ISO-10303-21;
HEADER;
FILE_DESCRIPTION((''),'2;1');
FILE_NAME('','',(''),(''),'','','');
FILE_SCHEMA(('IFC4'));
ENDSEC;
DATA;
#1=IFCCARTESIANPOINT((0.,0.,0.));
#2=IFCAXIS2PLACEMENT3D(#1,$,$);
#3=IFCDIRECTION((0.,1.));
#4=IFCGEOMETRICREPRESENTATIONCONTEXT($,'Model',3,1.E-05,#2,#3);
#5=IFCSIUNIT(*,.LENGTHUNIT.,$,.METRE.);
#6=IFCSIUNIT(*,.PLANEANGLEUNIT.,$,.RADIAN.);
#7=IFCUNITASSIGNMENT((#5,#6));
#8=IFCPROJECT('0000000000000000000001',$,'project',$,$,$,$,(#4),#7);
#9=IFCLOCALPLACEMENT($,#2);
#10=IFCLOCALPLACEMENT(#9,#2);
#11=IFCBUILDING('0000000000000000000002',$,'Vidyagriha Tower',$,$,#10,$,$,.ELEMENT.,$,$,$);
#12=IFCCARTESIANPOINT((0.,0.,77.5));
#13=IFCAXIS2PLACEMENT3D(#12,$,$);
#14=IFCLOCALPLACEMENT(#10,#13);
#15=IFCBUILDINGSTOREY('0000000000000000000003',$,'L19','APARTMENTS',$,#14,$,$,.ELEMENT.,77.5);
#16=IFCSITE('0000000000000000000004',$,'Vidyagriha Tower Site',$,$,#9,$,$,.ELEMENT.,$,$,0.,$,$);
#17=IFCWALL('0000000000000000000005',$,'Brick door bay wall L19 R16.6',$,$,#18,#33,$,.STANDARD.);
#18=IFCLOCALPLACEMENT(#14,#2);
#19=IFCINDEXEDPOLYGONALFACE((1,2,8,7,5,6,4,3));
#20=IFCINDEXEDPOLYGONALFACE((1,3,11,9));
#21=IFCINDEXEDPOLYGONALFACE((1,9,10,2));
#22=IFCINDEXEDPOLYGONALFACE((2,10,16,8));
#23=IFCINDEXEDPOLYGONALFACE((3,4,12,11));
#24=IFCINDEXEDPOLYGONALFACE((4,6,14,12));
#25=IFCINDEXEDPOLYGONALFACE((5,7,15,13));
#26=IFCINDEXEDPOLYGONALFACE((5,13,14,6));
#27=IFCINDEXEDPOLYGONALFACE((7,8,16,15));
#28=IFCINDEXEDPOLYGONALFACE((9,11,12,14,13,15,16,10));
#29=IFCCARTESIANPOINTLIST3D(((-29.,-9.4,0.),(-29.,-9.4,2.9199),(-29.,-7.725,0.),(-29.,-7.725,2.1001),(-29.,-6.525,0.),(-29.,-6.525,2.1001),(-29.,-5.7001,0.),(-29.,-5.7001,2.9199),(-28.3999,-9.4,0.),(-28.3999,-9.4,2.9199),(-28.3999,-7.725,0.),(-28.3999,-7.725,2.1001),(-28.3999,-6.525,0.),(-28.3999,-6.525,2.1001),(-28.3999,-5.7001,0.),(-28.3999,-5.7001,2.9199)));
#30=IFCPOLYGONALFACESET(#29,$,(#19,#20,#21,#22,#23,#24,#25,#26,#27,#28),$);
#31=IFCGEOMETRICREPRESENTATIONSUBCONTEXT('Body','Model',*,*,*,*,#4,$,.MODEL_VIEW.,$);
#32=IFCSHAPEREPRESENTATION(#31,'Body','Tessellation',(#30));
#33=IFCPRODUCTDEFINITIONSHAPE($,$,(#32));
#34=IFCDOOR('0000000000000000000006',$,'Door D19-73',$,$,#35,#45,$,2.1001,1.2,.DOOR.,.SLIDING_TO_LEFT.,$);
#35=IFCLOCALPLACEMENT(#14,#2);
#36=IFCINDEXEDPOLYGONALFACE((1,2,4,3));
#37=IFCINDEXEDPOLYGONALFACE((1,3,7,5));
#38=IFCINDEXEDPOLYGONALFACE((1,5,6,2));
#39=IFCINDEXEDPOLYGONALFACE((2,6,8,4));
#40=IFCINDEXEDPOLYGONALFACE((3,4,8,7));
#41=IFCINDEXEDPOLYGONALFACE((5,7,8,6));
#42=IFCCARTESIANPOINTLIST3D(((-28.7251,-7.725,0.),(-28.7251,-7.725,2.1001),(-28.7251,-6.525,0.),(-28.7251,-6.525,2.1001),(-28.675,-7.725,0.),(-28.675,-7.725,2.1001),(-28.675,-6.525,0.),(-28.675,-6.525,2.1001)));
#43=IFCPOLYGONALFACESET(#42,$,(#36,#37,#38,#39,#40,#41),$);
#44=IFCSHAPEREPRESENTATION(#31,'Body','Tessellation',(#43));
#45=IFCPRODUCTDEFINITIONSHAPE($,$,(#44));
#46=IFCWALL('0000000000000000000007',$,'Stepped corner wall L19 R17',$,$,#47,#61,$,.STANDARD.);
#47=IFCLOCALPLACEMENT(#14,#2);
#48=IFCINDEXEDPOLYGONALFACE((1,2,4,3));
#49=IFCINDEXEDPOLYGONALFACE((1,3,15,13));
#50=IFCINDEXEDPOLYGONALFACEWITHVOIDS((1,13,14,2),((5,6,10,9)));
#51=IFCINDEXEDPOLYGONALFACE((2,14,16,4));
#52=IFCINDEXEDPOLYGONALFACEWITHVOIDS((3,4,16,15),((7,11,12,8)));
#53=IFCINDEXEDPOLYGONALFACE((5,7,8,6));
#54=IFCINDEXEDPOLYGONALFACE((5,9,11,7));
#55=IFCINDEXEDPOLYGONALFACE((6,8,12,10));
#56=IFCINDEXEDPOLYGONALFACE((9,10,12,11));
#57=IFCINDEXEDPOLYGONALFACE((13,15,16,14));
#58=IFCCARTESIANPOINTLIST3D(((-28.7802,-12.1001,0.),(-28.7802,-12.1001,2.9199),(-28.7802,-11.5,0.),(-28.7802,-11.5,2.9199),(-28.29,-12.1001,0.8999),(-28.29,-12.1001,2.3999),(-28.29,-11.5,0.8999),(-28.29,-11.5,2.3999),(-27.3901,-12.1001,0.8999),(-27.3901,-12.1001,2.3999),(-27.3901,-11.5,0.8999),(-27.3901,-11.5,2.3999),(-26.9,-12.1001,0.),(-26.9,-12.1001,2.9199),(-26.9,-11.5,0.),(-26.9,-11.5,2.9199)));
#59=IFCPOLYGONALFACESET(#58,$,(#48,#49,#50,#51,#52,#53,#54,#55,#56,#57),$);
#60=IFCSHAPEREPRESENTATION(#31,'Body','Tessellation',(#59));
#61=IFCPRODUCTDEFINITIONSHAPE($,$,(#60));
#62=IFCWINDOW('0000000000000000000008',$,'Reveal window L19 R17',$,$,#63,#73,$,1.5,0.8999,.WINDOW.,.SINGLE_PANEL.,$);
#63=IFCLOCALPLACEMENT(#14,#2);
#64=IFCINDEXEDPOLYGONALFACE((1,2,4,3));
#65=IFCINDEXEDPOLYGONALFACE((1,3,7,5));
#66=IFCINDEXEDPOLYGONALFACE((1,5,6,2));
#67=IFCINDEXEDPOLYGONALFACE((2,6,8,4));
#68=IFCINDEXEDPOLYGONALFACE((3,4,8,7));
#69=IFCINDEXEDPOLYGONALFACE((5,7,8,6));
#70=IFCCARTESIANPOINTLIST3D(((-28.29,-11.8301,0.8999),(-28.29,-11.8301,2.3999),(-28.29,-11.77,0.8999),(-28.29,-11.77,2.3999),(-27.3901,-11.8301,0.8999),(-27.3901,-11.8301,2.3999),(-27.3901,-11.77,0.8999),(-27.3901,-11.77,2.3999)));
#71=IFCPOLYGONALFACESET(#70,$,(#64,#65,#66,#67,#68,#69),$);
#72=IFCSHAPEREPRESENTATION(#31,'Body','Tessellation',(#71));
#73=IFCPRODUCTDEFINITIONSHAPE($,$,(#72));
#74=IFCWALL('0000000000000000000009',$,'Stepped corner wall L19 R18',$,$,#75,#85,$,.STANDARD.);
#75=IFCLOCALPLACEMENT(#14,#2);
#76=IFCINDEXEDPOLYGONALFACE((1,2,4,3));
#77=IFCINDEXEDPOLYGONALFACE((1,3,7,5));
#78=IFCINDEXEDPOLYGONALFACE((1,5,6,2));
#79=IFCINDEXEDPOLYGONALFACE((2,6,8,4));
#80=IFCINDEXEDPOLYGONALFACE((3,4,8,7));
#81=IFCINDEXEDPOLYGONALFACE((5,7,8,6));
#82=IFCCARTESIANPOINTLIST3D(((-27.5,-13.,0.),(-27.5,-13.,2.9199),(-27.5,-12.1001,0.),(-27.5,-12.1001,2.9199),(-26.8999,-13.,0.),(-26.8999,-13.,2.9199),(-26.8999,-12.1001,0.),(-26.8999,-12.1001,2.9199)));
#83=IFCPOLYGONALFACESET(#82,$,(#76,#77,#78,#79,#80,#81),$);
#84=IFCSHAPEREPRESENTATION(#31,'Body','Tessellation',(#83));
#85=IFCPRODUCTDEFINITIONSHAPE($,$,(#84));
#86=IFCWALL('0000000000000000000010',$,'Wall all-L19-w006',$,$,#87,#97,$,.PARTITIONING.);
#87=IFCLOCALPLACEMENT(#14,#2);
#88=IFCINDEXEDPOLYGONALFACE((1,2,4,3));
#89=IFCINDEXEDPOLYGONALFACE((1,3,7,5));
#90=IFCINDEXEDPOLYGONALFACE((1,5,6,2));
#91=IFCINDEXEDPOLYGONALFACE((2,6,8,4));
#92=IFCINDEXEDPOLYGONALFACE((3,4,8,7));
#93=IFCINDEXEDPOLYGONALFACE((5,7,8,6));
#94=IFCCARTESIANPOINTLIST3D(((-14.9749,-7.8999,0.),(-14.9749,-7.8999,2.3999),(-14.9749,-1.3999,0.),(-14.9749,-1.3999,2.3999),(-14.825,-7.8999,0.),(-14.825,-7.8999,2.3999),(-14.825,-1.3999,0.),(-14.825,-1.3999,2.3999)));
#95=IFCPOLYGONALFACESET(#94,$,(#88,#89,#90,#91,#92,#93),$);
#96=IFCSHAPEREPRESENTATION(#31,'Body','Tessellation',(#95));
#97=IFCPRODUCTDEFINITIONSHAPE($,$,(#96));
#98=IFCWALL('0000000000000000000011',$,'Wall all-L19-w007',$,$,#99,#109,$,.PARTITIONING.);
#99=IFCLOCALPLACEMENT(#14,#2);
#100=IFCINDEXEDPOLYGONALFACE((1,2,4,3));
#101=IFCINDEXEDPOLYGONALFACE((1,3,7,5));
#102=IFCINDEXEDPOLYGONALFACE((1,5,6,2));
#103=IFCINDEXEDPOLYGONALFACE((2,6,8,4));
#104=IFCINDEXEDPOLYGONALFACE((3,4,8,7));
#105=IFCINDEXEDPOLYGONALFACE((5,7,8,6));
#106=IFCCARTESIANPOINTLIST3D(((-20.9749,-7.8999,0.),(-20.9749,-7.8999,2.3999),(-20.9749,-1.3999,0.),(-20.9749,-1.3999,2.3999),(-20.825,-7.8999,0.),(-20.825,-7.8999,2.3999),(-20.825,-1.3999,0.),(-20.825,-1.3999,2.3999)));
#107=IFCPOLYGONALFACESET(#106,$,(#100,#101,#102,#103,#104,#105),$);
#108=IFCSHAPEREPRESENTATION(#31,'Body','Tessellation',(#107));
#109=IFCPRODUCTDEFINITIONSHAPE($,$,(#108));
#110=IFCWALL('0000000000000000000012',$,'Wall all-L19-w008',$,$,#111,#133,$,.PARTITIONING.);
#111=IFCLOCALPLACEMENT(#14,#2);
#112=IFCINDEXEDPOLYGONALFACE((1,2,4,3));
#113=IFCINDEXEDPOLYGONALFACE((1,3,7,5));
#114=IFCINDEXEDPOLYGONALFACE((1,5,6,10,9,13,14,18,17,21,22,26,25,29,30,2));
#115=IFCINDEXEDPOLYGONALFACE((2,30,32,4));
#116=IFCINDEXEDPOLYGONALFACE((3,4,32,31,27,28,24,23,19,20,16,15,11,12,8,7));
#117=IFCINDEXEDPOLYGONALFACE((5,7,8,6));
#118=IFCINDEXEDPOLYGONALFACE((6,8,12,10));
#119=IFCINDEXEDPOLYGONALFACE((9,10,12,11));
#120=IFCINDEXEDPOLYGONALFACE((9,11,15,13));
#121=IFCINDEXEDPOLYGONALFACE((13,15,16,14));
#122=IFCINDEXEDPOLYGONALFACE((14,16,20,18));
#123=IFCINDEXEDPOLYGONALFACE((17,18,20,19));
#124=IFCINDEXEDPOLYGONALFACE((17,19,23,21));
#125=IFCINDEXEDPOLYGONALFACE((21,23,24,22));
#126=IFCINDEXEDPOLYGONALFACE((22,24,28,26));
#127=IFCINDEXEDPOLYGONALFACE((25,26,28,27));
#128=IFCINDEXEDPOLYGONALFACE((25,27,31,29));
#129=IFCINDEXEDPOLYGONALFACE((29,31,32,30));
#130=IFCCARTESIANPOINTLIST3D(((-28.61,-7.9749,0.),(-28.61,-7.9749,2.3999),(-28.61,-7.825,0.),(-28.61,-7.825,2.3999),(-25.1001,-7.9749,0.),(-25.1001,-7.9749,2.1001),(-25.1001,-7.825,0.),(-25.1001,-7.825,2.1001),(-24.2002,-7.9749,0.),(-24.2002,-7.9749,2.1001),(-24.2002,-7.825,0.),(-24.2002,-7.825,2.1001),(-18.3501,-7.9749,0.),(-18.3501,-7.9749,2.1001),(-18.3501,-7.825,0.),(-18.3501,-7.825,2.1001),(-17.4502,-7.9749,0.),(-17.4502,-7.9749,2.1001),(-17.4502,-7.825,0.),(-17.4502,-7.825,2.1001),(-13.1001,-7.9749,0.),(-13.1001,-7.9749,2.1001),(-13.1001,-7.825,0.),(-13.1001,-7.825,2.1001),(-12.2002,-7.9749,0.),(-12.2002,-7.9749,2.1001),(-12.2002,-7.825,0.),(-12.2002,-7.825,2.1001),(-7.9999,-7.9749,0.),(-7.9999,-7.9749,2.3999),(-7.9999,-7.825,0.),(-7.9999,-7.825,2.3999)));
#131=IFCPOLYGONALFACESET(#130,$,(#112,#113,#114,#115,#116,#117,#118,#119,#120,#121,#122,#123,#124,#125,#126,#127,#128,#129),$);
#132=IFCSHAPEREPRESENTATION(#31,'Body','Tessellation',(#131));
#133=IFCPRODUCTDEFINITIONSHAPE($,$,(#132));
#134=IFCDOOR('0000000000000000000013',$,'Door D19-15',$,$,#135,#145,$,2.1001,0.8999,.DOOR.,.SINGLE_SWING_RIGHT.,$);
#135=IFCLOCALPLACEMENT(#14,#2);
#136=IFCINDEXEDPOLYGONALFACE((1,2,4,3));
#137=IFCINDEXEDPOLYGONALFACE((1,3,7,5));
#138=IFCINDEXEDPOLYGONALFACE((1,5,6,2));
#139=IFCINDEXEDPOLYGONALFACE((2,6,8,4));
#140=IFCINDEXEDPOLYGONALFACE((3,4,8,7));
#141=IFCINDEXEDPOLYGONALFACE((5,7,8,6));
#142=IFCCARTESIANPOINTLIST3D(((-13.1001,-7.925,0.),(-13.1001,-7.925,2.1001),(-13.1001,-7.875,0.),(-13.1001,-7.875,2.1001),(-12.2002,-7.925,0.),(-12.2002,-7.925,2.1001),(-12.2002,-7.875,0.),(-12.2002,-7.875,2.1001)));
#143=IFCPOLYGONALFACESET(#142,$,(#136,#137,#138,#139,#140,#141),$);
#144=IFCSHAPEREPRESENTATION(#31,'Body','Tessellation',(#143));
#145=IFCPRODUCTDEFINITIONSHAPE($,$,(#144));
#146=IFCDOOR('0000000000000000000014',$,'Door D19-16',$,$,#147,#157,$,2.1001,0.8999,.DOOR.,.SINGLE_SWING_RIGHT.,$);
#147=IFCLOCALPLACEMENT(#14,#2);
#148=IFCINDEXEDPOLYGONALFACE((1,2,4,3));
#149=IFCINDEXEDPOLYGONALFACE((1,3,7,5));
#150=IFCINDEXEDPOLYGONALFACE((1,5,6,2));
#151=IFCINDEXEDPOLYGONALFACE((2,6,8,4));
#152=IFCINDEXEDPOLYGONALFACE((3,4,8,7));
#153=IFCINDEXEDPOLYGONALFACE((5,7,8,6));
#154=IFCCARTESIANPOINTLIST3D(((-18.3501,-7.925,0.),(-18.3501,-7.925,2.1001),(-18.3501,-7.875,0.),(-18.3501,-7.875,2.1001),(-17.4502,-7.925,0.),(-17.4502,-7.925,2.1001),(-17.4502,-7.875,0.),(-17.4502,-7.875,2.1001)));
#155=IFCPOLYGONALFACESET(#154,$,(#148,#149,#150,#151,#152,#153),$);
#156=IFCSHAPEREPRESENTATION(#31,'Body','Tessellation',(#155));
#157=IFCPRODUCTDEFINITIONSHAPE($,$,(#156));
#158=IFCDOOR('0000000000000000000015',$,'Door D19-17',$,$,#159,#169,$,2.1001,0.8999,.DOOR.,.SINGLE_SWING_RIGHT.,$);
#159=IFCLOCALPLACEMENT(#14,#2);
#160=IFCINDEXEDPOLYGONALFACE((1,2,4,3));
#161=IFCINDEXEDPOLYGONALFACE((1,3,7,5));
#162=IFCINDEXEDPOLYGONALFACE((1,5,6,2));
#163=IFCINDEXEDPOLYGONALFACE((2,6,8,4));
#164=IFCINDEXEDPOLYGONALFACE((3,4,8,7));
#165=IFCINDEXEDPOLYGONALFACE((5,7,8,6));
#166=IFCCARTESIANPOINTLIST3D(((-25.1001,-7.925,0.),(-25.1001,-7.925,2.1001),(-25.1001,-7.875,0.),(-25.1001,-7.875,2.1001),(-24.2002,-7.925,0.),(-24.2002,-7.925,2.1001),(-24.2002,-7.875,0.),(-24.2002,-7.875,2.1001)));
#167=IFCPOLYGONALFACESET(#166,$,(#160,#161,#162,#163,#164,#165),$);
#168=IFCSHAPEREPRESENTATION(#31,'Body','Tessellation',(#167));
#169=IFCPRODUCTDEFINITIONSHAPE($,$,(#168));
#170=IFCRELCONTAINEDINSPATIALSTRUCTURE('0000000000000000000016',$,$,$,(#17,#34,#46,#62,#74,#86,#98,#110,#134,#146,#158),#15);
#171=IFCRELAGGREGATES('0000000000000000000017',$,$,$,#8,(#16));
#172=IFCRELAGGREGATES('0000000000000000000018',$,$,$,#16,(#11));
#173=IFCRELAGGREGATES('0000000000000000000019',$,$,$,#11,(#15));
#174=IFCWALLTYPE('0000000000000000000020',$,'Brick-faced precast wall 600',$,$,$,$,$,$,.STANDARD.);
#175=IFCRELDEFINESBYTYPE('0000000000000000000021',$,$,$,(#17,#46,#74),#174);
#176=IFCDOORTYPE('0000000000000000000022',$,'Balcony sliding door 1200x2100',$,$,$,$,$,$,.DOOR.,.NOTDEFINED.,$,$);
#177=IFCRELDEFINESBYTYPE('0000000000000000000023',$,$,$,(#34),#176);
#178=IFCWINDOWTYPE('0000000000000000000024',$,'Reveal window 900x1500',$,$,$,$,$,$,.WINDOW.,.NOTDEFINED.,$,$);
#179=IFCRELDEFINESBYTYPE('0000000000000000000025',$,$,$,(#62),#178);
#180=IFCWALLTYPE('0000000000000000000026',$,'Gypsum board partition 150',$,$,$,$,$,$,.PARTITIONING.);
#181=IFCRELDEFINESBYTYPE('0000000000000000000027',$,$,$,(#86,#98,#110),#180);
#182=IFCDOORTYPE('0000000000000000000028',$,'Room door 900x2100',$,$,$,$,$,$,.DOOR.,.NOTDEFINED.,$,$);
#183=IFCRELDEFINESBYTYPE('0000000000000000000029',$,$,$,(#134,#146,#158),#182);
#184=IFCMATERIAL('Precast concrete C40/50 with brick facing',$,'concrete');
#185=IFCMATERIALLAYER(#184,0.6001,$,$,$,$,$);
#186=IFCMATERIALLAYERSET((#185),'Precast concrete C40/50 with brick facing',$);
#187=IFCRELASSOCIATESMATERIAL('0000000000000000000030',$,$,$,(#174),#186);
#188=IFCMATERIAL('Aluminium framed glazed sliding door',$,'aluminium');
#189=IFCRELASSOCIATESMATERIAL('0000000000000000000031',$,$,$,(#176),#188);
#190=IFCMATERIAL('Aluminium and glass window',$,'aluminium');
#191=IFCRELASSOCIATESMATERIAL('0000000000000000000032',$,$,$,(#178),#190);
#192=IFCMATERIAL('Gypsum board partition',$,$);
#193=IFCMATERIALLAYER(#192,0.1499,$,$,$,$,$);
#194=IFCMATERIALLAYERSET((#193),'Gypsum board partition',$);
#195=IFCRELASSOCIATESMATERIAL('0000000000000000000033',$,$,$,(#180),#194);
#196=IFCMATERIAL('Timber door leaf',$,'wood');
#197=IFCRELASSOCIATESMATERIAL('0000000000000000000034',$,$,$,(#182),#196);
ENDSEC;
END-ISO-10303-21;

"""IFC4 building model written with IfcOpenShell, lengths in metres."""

from ifc_helpers import new_model, si_unit, direction, frame, frame_2d, origin, place, context, subcontext, project, spatial, rectangle, extrude, material, layer, layer_set, type_object, element, fill, save


model = new_model("IFC4")

# Units and contexts
model_context = context("Model", 3, precision=1e-05, world=origin(), true_north=direction((0.0, 1.0)))
body_context = subcontext(model_context, "Body", "Model", "MODEL_VIEW")
ifc_project = project(units=[si_unit("LENGTHUNIT", "METRE"), si_unit("PLANEANGLEUNIT", "RADIAN")], contexts=[model_context])

# Site, building, storey
site_placement = place(None, origin())
site = spatial("IfcSite", under=ifc_project, at=site_placement, Name="Vidyagriha Tower Site", CompositionType="ELEMENT", RefElevation=0.0)
building_placement = place(site_placement, origin())
building = spatial("IfcBuilding", under=site, at=building_placement, Name="Vidyagriha Tower", CompositionType="ELEMENT")
storey_placement = place(building_placement, frame((0.0, 0.0, 77.5)))
storey = spatial("IfcBuildingStorey", under=building, at=storey_placement, Name="L19", Description="APARTMENTS", CompositionType="ELEMENT", Elevation=77.5)

# Wall, opening, door
ifc_material_1 = material(Name="Precast concrete C40/50 with brick facing", Category="concrete")
ifc_layer_1 = layer(ifc_material_1, 0.6001)
ifc_layer_set_1 = layer_set([ifc_layer_1], Name="Precast concrete C40/50 with brick facing")
wall_type_1 = type_object("IfcWallType", Name="Brick-faced precast wall 600", PredefinedType="STANDARD", material=ifc_layer_set_1)
wall_1_placement = place(storey_placement, frame((-28.7, -5.7, 0.0), z_axis=(0.0, 0.0, 1.0), x_axis=(0.0, -1.0, 0.0)))
wall_1 = element("IfcWall", 1, at=wall_1_placement, inside=storey, type_object=wall_type_1, Name="Brick door bay wall L19 R16.6", PredefinedType="STANDARD", context=body_context, shape_type="SweptSolid", body=[
    extrude(rectangle(XDim=3.7, YDim=0.6001, at=frame_2d((1.8501, 0.0))), origin(), (0.0, 0.0, 1.0), 2.9199),
])
opening_1_placement = place(wall_1_placement, frame((0.825, 0.0, 0.0)))
opening_1 = element("IfcOpeningElement", 2, at=opening_1_placement, cuts=wall_1, PredefinedType="OPENING", context=body_context, shape_type="SweptSolid", body=[
    extrude(rectangle(XDim=1.2, YDim=2.1001, at=frame_2d((0.6001, 1.05))), frame((0.0, 0.3101, 0.0), z_axis=(0.0, -1.0, 0.0), x_axis=(1.0, 0.0, 0.0)), (0.0, 0.0, 1.0), 0.6201),
])
ifc_material_2 = material(Name="Aluminium framed glazed sliding door", Category="aluminium")
door_type_1 = type_object("IfcDoorType", Name="Balcony sliding door 1200x2100", OperationType="NOTDEFINED", PredefinedType="DOOR", material=ifc_material_2)
door_1_placement = place(opening_1_placement, origin())
door_1 = element("IfcDoor", 3, at=door_1_placement, inside=storey, type_object=door_type_1, Name="Door D19-73", OperationType="SLIDING_TO_LEFT", OverallHeight=2.1001, OverallWidth=1.2, PredefinedType="DOOR", context=body_context, shape_type="SweptSolid", body=[
    extrude(rectangle(XDim=1.2, YDim=2.1001, at=frame_2d((0.6001, 1.05))), frame((0.0, 0.0249, 0.0), z_axis=(0.0, -1.0, 0.0), x_axis=(1.0, 0.0, 0.0)), (0.0, 0.0, 1.0), 0.05),
])
fill(opening_1, door_1)

# Wall, opening, window
wall_2_placement = place(storey_placement, frame((-28.78, -11.8, 0.0)))
wall_2 = element("IfcWall", 4, at=wall_2_placement, inside=storey, type_object=wall_type_1, Name="Stepped corner wall L19 R17", PredefinedType="STANDARD", context=body_context, shape_type="SweptSolid", body=[
    extrude(rectangle(XDim=1.8801, YDim=0.6001, at=frame_2d((0.9399, 0.0))), origin(), (0.0, 0.0, 1.0), 2.9199),
])
opening_2_placement = place(wall_2_placement, frame((0.49, 0.0, 0.8999)))
opening_2 = element("IfcOpeningElement", 5, at=opening_2_placement, cuts=wall_2, PredefinedType="OPENING", context=body_context, shape_type="SweptSolid", body=[
    extrude(rectangle(XDim=0.8999, YDim=1.5, at=frame_2d((0.45, 0.75))), frame((0.0, 0.3101, 0.0), z_axis=(0.0, -1.0, 0.0), x_axis=(1.0, 0.0, 0.0)), (0.0, 0.0, 1.0), 0.6201),
])
ifc_material_3 = material(Name="Aluminium and glass window", Category="aluminium")
window_type = type_object("IfcWindowType", Name="Reveal window 900x1500", PartitioningType="NOTDEFINED", PredefinedType="WINDOW", material=ifc_material_3)
window_placement = place(opening_2_placement, origin())
window = element("IfcWindow", 6, at=window_placement, inside=storey, type_object=window_type, Name="Reveal window L19 R17", OverallHeight=1.5, OverallWidth=0.8999, PartitioningType="SINGLE_PANEL", PredefinedType="WINDOW", context=body_context, shape_type="SweptSolid", body=[
    extrude(rectangle(XDim=0.8999, YDim=1.5, at=frame_2d((0.45, 0.75))), frame((0.0, 0.03, 0.0), z_axis=(0.0, -1.0, 0.0), x_axis=(1.0, 0.0, 0.0)), (0.0, 0.0, 1.0), 0.0601),
])
fill(opening_2, window)

# Walls
wall_3_placement = place(storey_placement, frame((-27.2, -12.1001, 0.0), z_axis=(0.0, 0.0, 1.0), x_axis=(0.0, -1.0, 0.0)))
element("IfcWall", 7, at=wall_3_placement, inside=storey, type_object=wall_type_1, Name="Stepped corner wall L19 R18", PredefinedType="STANDARD", context=body_context, shape_type="SweptSolid", body=[
    extrude(rectangle(XDim=0.8999, YDim=0.6001, at=frame_2d((0.45, 0.0))), origin(), (0.0, 0.0, 1.0), 2.9199),
])
ifc_material_4 = material(Name="Gypsum board partition")
ifc_layer_2 = layer(ifc_material_4, 0.1499)
ifc_layer_set_2 = layer_set([ifc_layer_2], Name="Gypsum board partition")
wall_type_2 = type_object("IfcWallType", Name="Gypsum board partition 150", PredefinedType="PARTITIONING", material=ifc_layer_set_2)
for number, where, z_axis, x_axis, name in (
    (8, (-14.8999, -7.8999, 0.0), (0.0, 0.0, 1.0), (0.0, 1.0, 0.0), "Wall all-L19-w006"),
    (9, (-20.8999, -7.8999, 0.0), (0.0, 0.0, 1.0), (0.0, 1.0, 0.0), "Wall all-L19-w007"),
):
    element("IfcWall", number, at=place(storey_placement, frame(where, z_axis=z_axis, x_axis=x_axis)), inside=storey, type_object=wall_type_2, Name=name, PredefinedType="PARTITIONING", context=body_context, shape_type="SweptSolid", body=[
        extrude(rectangle(XDim=6.5, YDim=0.1499, at=frame_2d((3.25, 0.0))), origin(), (0.0, 0.0, 1.0), 2.3999),
    ])

# Wall, openings, doors
wall_4_placement = place(storey_placement, frame((-28.6101, -7.8999, 0.0)))
wall_4 = element("IfcWall", 10, at=wall_4_placement, inside=storey, type_object=wall_type_2, Name="Wall all-L19-w008", PredefinedType="PARTITIONING", context=body_context, shape_type="SweptSolid", body=[
    extrude(rectangle(XDim=20.6101, YDim=0.1499, at=frame_2d((10.3052, 0.0))), origin(), (0.0, 0.0, 1.0), 2.3999),
])
opening_3_placement = place(wall_4_placement, frame((15.51, 0.0, 0.0)))
opening_3 = element("IfcOpeningElement", 11, at=opening_3_placement, cuts=wall_4, PredefinedType="OPENING", context=body_context, shape_type="SweptSolid", body=[
    extrude(rectangle(XDim=0.8999, YDim=2.1001, at=frame_2d((0.45, 1.05))), frame((0.0, 0.085, 0.0), z_axis=(0.0, -1.0, 0.0), x_axis=(1.0, 0.0, 0.0)), (0.0, 0.0, 1.0), 0.1699),
])
opening_4_placement = place(wall_4_placement, frame((10.26, 0.0, 0.0)))
opening_4 = element("IfcOpeningElement", 12, at=opening_4_placement, cuts=wall_4, PredefinedType="OPENING", context=body_context, shape_type="SweptSolid", body=[
    extrude(rectangle(XDim=0.8999, YDim=2.1001, at=frame_2d((0.45, 1.05))), frame((0.0, 0.085, 0.0), z_axis=(0.0, -1.0, 0.0), x_axis=(1.0, 0.0, 0.0)), (0.0, 0.0, 1.0), 0.1699),
])
opening_5_placement = place(wall_4_placement, frame((3.51, 0.0, 0.0)))
opening_5 = element("IfcOpeningElement", 13, at=opening_5_placement, cuts=wall_4, PredefinedType="OPENING", context=body_context, shape_type="SweptSolid", body=[
    extrude(rectangle(XDim=0.8999, YDim=2.1001, at=frame_2d((0.45, 1.05))), frame((0.0, 0.085, 0.0), z_axis=(0.0, -1.0, 0.0), x_axis=(1.0, 0.0, 0.0)), (0.0, 0.0, 1.0), 0.1699),
])
ifc_material_5 = material(Name="Timber door leaf", Category="wood")
door_type_2 = type_object("IfcDoorType", Name="Room door 900x2100", OperationType="NOTDEFINED", PredefinedType="DOOR", material=ifc_material_5)
door_2_placement = place(opening_3_placement, origin())
door_2 = element("IfcDoor", 14, at=door_2_placement, inside=storey, type_object=door_type_2, Name="Door D19-15", OperationType="SINGLE_SWING_RIGHT", OverallHeight=2.1001, OverallWidth=0.8999, PredefinedType="DOOR", context=body_context, shape_type="SweptSolid", body=[
    extrude(rectangle(XDim=0.8999, YDim=2.1001, at=frame_2d((0.45, 1.05))), frame((0.0, 0.0249, 0.0), z_axis=(0.0, -1.0, 0.0), x_axis=(1.0, 0.0, 0.0)), (0.0, 0.0, 1.0), 0.05),
])
fill(opening_3, door_2)
door_3_placement = place(opening_4_placement, origin())
door_3 = element("IfcDoor", 15, at=door_3_placement, inside=storey, type_object=door_type_2, Name="Door D19-16", OperationType="SINGLE_SWING_RIGHT", OverallHeight=2.1001, OverallWidth=0.8999, PredefinedType="DOOR", context=body_context, shape_type="SweptSolid", body=[
    extrude(rectangle(XDim=0.8999, YDim=2.1001, at=frame_2d((0.45, 1.05))), frame((0.0, 0.0249, 0.0), z_axis=(0.0, -1.0, 0.0), x_axis=(1.0, 0.0, 0.0)), (0.0, 0.0, 1.0), 0.05),
])
fill(opening_4, door_3)
door_4_placement = place(opening_5_placement, origin())
door_4 = element("IfcDoor", 16, at=door_4_placement, inside=storey, type_object=door_type_2, Name="Door D19-17", OperationType="SINGLE_SWING_RIGHT", OverallHeight=2.1001, OverallWidth=0.8999, PredefinedType="DOOR", context=body_context, shape_type="SweptSolid", body=[
    extrude(rectangle(XDim=0.8999, YDim=2.1001, at=frame_2d((0.45, 1.05))), frame((0.0, 0.0249, 0.0), z_axis=(0.0, -1.0, 0.0), x_axis=(1.0, 0.0, 0.0)), (0.0, 0.0, 1.0), 0.05),
])
fill(opening_5, door_4)

save(model, "model.ifc")
